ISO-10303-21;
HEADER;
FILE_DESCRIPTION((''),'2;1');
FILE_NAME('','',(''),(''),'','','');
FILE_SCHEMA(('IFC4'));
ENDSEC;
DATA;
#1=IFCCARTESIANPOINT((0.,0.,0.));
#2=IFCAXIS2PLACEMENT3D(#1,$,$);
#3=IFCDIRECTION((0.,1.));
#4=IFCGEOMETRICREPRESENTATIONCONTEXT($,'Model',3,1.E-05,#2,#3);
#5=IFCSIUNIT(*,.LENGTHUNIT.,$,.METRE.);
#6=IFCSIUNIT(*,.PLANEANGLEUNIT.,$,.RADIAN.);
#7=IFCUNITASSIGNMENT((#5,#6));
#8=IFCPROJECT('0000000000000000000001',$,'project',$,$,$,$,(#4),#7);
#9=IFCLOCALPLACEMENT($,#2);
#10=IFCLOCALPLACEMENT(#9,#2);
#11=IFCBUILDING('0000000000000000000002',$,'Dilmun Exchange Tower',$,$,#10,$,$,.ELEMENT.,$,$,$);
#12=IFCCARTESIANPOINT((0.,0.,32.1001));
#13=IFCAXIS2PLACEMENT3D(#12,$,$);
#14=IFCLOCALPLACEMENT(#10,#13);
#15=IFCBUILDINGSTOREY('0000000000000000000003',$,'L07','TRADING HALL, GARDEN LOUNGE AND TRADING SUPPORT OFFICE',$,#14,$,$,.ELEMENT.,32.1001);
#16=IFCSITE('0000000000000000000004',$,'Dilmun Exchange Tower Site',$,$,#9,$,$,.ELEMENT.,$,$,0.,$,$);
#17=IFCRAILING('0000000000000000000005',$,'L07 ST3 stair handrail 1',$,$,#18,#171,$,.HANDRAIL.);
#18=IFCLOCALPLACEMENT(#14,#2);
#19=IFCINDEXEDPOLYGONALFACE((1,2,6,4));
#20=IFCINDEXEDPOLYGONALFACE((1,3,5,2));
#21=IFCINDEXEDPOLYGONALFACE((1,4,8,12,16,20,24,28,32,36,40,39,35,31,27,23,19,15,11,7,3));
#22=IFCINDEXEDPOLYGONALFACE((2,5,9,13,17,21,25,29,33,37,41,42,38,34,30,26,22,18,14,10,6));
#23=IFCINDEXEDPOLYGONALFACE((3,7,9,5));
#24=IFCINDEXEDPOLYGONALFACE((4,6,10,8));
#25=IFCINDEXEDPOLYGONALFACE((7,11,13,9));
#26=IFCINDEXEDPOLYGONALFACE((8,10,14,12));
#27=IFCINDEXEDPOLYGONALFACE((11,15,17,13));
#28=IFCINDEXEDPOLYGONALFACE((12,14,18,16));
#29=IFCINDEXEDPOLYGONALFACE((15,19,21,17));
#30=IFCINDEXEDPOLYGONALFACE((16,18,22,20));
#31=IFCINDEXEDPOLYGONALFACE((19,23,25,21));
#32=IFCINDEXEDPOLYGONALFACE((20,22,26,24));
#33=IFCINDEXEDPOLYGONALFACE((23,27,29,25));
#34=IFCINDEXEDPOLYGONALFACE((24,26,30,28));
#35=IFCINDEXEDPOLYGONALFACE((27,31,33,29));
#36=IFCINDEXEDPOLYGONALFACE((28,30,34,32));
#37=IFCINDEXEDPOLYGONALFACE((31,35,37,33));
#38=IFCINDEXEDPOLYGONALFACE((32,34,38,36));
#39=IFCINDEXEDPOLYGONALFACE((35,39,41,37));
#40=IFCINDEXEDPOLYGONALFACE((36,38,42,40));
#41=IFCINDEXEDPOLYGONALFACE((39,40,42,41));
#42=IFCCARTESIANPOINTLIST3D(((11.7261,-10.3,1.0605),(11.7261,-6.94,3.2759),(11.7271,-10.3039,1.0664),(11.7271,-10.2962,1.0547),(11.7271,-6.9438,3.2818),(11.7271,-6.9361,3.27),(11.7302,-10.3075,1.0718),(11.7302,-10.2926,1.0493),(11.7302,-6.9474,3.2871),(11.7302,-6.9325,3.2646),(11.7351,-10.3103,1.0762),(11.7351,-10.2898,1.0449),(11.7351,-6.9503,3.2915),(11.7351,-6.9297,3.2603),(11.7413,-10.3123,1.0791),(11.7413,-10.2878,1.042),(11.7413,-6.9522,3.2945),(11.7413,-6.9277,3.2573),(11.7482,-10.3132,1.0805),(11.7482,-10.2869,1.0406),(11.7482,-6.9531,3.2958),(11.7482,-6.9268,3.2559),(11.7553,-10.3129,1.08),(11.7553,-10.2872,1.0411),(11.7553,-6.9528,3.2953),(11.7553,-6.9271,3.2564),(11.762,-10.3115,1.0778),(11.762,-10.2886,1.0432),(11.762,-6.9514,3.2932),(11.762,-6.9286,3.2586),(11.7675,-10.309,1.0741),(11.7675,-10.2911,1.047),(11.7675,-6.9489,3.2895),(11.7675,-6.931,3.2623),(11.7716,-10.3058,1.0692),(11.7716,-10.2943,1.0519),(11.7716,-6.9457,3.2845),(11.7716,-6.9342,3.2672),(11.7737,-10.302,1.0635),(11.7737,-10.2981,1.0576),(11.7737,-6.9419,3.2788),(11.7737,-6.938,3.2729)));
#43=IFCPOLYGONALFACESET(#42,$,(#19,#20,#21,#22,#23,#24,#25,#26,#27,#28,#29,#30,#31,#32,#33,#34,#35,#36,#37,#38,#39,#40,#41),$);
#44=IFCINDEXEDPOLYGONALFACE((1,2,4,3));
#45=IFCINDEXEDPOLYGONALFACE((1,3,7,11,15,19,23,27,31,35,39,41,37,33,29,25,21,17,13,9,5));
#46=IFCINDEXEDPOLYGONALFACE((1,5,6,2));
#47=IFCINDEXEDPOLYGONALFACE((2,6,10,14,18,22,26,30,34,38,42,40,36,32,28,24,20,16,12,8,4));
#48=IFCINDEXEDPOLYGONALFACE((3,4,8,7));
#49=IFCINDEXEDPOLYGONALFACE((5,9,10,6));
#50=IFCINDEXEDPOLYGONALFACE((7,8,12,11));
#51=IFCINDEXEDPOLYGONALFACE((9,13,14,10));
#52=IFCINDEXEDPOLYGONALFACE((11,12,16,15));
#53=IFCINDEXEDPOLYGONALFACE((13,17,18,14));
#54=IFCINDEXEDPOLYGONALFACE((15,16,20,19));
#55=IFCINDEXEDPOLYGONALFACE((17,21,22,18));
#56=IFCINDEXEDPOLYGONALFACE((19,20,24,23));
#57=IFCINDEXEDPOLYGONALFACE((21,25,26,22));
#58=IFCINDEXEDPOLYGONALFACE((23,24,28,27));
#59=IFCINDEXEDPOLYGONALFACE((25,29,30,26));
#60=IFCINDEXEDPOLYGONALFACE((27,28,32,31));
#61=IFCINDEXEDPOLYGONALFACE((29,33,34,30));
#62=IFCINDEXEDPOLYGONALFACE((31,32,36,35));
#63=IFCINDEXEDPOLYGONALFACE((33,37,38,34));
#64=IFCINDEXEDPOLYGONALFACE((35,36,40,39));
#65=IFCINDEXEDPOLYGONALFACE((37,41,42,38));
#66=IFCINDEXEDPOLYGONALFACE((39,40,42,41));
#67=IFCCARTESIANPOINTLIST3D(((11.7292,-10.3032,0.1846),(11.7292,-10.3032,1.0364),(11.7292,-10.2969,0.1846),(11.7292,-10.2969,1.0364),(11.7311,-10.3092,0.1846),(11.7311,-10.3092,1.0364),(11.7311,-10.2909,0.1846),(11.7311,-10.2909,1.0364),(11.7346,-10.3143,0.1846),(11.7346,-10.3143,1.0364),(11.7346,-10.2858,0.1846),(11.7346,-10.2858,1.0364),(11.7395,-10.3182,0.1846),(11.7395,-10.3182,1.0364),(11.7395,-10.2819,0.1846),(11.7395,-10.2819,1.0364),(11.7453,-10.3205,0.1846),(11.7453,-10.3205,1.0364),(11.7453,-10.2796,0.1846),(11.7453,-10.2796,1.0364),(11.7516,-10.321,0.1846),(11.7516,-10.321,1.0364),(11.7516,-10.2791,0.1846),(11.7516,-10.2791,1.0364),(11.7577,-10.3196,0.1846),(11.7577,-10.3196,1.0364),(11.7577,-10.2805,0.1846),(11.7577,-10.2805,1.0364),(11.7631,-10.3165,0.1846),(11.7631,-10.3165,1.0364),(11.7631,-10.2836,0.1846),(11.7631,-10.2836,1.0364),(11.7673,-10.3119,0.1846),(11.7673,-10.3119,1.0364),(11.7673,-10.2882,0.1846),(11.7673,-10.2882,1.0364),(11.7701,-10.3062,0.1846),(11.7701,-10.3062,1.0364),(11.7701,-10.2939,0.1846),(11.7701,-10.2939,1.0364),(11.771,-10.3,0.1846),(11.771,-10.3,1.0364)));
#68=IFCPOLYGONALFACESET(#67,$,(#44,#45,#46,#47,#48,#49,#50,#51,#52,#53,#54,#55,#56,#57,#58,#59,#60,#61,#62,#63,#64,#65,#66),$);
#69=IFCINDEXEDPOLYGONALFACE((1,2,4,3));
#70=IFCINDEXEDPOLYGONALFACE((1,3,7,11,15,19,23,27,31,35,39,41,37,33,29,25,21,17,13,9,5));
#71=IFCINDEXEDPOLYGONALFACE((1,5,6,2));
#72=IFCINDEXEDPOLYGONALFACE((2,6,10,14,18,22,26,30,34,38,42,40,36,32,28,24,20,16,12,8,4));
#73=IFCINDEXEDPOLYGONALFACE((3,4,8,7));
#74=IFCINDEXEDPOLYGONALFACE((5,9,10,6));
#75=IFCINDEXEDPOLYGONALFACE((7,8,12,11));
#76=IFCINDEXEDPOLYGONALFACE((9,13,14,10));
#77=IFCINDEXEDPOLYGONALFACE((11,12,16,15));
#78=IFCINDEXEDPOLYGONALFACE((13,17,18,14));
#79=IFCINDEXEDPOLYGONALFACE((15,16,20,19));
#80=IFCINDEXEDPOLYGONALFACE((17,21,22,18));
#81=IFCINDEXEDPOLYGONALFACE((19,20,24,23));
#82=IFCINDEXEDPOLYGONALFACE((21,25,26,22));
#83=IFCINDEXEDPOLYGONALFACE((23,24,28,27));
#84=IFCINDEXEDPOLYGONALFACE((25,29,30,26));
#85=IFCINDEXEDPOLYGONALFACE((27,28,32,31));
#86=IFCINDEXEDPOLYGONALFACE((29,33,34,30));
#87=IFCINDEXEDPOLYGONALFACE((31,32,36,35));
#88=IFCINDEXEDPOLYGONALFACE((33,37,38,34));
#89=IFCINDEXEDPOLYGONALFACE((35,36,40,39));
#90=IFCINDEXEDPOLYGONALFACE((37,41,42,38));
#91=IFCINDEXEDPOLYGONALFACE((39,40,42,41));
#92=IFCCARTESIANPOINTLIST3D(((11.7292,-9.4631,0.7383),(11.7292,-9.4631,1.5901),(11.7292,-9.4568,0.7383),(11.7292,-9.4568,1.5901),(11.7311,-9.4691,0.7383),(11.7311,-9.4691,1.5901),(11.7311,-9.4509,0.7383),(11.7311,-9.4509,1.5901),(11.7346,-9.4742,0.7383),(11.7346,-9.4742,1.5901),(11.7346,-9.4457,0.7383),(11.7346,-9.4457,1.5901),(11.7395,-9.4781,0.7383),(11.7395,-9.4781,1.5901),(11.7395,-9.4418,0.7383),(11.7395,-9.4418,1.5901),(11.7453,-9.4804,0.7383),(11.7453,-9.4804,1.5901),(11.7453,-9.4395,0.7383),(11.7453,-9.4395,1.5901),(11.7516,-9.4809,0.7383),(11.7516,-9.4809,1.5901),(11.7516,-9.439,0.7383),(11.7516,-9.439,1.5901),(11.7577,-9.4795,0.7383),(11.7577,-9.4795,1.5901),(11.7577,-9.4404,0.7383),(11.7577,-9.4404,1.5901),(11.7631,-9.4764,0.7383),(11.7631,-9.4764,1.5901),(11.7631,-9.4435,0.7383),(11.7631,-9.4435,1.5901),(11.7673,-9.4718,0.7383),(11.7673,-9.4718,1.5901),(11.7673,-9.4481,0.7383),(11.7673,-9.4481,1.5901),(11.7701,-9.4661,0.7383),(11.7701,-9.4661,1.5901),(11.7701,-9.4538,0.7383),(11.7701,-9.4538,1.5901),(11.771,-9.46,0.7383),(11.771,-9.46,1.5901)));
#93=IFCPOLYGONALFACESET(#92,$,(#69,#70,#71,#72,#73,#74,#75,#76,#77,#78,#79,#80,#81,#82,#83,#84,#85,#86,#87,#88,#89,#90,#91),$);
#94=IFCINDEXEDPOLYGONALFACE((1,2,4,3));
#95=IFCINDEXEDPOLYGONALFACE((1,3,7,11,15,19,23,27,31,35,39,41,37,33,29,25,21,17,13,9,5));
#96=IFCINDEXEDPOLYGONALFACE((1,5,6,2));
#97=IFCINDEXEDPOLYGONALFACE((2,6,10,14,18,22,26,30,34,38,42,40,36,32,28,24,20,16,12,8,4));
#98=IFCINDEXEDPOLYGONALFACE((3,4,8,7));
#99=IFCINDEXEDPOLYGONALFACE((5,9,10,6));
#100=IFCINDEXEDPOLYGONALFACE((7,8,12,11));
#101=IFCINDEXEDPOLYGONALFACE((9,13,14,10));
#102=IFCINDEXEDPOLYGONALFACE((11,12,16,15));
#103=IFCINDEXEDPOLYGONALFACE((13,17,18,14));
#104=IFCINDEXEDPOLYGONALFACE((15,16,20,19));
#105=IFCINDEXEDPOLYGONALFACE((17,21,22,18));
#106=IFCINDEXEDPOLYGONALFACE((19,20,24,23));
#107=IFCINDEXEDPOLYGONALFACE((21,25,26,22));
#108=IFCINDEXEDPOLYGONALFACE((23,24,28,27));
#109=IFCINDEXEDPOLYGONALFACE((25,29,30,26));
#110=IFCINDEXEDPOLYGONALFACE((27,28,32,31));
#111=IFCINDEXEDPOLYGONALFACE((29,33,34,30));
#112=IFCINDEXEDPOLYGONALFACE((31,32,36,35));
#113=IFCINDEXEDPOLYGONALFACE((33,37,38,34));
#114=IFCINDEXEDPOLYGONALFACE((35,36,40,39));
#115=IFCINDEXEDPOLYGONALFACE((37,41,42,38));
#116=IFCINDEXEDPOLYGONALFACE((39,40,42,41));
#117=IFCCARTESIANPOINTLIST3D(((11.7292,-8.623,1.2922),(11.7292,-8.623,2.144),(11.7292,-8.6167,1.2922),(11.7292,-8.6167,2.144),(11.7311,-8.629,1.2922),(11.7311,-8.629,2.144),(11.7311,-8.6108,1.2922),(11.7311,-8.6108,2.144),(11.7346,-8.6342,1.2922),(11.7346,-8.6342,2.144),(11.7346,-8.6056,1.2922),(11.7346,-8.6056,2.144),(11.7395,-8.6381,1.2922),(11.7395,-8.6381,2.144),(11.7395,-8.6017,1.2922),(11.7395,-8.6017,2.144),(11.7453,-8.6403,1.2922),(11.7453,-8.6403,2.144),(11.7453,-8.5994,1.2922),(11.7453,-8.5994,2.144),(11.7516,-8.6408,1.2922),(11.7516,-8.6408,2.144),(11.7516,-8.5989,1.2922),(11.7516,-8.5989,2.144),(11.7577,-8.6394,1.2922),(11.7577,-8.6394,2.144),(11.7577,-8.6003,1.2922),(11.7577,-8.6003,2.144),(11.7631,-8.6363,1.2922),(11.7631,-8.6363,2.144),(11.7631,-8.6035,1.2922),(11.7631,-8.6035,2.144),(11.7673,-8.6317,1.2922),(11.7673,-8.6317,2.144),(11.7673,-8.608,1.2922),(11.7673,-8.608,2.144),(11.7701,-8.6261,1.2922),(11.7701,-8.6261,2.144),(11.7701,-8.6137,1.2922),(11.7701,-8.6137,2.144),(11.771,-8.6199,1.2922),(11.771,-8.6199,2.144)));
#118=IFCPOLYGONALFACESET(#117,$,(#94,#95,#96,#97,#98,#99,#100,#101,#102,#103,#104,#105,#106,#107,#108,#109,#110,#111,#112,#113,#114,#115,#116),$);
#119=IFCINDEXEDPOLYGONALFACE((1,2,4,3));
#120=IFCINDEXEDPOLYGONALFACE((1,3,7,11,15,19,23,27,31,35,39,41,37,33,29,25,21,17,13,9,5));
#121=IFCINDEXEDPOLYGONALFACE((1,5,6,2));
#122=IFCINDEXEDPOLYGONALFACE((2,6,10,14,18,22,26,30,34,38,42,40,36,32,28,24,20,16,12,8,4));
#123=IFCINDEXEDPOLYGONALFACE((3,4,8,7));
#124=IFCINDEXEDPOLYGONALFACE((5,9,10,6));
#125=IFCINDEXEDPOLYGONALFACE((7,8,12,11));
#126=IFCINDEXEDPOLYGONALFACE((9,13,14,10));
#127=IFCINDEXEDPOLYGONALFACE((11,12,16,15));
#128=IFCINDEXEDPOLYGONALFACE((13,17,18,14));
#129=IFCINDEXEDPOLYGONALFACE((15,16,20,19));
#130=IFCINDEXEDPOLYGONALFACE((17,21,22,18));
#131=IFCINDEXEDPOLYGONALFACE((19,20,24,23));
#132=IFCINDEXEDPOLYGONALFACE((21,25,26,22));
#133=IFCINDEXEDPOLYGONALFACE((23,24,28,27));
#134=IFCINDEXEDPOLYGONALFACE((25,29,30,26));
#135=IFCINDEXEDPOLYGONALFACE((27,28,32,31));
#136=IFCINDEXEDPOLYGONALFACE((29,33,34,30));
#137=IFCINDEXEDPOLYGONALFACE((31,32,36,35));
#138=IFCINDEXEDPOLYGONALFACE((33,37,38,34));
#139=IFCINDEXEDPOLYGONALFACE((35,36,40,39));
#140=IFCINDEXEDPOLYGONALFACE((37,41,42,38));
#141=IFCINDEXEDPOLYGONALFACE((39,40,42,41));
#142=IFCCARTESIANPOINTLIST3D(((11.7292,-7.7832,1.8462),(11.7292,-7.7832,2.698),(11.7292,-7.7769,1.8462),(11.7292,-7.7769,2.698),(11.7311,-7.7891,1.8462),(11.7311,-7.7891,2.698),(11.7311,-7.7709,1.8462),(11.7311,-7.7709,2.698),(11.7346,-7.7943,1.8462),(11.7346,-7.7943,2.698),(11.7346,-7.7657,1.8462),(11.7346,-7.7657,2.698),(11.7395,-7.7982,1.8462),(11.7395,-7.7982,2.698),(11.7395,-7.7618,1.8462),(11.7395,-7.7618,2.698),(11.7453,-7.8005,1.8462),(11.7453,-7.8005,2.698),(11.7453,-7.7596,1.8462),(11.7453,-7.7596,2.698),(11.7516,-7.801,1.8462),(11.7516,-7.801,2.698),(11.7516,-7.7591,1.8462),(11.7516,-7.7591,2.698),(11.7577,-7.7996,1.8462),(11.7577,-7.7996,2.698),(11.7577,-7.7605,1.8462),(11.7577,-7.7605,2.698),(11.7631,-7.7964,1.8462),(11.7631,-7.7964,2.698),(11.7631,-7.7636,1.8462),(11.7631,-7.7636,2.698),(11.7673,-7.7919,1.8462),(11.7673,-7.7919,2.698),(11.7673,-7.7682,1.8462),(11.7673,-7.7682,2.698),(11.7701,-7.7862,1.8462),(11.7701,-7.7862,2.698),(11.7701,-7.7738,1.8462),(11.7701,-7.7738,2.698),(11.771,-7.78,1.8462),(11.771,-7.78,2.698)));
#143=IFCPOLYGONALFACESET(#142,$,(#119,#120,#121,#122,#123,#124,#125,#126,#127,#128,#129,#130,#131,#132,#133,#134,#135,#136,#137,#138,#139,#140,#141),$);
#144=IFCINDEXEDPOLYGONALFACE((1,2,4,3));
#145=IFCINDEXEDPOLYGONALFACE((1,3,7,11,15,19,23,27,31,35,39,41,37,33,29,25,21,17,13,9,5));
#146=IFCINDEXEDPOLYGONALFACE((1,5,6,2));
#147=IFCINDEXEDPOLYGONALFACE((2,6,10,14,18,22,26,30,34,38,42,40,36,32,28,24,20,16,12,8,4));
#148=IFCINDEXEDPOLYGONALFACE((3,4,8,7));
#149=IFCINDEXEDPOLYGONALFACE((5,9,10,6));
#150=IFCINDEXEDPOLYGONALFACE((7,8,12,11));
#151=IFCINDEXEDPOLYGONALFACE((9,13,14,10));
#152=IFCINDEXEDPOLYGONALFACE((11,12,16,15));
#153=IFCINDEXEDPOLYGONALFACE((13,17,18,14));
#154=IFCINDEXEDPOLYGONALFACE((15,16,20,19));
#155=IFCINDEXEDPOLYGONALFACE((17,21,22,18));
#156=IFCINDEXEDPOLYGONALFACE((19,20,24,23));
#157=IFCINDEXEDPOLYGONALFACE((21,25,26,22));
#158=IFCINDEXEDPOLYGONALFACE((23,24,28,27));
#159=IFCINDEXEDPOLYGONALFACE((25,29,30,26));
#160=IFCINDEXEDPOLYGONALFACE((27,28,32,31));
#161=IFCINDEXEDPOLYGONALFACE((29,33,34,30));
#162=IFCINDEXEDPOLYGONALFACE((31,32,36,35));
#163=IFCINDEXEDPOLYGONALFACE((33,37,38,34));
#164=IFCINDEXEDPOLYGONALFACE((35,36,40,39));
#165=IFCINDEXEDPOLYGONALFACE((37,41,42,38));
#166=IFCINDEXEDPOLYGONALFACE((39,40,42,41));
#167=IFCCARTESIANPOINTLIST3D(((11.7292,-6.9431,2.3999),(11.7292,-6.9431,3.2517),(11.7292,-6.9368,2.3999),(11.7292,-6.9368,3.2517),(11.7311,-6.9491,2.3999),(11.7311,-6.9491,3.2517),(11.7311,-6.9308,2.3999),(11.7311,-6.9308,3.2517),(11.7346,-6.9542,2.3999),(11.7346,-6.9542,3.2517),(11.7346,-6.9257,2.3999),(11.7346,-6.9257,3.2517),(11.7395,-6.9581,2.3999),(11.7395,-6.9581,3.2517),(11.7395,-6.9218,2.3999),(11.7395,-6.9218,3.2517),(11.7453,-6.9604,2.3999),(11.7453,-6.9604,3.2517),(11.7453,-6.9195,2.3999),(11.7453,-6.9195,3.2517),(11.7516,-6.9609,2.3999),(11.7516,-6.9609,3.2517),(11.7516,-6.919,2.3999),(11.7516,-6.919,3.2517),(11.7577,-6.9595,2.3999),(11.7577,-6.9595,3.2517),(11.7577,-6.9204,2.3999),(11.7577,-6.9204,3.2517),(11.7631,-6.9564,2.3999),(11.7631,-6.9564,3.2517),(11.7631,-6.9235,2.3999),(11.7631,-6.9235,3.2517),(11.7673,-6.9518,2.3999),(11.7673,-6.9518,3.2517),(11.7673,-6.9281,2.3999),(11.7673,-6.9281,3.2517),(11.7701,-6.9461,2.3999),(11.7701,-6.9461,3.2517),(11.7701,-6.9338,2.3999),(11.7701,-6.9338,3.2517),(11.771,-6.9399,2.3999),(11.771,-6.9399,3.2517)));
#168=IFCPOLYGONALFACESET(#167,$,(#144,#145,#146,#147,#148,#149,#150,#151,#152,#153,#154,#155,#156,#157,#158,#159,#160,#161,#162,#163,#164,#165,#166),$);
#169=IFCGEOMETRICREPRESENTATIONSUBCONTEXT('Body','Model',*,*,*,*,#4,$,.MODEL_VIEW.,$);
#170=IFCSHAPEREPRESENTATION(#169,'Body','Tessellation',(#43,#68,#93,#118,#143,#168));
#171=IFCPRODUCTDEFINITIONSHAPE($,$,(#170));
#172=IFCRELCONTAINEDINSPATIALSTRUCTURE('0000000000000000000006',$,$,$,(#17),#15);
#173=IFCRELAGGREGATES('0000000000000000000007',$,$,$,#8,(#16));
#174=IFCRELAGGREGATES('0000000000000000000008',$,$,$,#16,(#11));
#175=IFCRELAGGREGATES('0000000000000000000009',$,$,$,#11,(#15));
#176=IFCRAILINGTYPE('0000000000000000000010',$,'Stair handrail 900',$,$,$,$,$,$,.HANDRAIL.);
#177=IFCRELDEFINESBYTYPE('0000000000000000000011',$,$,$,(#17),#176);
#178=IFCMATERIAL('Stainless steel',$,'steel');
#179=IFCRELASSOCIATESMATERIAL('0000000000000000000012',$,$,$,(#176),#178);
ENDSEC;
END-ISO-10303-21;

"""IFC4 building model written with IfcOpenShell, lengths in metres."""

from ifc_helpers import new_model, si_unit, direction, frame, origin, origin_2d, place, context, subcontext, project, spatial, circle, extrude, material, type_object, element, save


model = new_model("IFC4")

# Units and contexts
model_context = context("Model", 3, precision=1e-05, world=origin(), true_north=direction((0.0, 1.0)))
body_context = subcontext(model_context, "Body", "Model", "MODEL_VIEW")
ifc_project = project(units=[si_unit("LENGTHUNIT", "METRE"), si_unit("PLANEANGLEUNIT", "RADIAN")], contexts=[model_context])

# Site, building, storey
site_placement = place(None, origin())
site = spatial("IfcSite", under=ifc_project, at=site_placement, Name="Dilmun Exchange Tower Site", CompositionType="ELEMENT", RefElevation=0.0)
building_placement = place(site_placement, origin())
building = spatial("IfcBuilding", under=site, at=building_placement, Name="Dilmun Exchange Tower", CompositionType="ELEMENT")
storey_placement = place(building_placement, frame((0.0, 0.0, 32.1001)))
storey = spatial("IfcBuildingStorey", under=building, at=storey_placement, Name="L07", Description="TRADING HALL, GARDEN LOUNGE AND TRADING SUPPORT OFFICE", CompositionType="ELEMENT", Elevation=32.1001)

# Railing
ifc_material_1 = material(Name="Stainless steel", Category="steel")
railing_type = type_object("IfcRailingType", Name="Stair handrail 900", PredefinedType="HANDRAIL", material=ifc_material_1)
railing_placement = place(storey_placement, frame((11.75, -10.3, 0.1846)))
element("IfcRailing", 1, at=railing_placement, inside=storey, type_object=railing_type, Name="L07 ST3 stair handrail 1", PredefinedType="HANDRAIL", context=body_context, shape_type="SweptSolid", body=[
    extrude(circle(Radius=0.0239, at=origin_2d()), frame((0.0, 0.0, 0.876), z_axis=(0.0, 0.834876, 0.550437), x_axis=(-1.0, 0.0, 0.0)), (0.0, 0.0, 1.0), 4.0247),
    extrude(circle(Radius=0.021, at=origin_2d()), origin(), (0.0, 0.0, 1.0), 0.8518),
    extrude(circle(Radius=0.021, at=origin_2d()), frame((0.0, 0.8401, 0.5537)), (0.0, 0.0, 1.0), 0.8518),
    extrude(circle(Radius=0.021, at=origin_2d()), frame((0.0, 1.6802, 1.1077)), (0.0, 0.0, 1.0), 0.8518),
    extrude(circle(Radius=0.021, at=origin_2d()), frame((0.0, 2.52, 1.6616)), (0.0, 0.0, 1.0), 0.8518),
    extrude(circle(Radius=0.021, at=origin_2d()), frame((0.0, 3.3601, 2.2153)), (0.0, 0.0, 1.0), 0.8518),
])

save(model, "model.ifc")
